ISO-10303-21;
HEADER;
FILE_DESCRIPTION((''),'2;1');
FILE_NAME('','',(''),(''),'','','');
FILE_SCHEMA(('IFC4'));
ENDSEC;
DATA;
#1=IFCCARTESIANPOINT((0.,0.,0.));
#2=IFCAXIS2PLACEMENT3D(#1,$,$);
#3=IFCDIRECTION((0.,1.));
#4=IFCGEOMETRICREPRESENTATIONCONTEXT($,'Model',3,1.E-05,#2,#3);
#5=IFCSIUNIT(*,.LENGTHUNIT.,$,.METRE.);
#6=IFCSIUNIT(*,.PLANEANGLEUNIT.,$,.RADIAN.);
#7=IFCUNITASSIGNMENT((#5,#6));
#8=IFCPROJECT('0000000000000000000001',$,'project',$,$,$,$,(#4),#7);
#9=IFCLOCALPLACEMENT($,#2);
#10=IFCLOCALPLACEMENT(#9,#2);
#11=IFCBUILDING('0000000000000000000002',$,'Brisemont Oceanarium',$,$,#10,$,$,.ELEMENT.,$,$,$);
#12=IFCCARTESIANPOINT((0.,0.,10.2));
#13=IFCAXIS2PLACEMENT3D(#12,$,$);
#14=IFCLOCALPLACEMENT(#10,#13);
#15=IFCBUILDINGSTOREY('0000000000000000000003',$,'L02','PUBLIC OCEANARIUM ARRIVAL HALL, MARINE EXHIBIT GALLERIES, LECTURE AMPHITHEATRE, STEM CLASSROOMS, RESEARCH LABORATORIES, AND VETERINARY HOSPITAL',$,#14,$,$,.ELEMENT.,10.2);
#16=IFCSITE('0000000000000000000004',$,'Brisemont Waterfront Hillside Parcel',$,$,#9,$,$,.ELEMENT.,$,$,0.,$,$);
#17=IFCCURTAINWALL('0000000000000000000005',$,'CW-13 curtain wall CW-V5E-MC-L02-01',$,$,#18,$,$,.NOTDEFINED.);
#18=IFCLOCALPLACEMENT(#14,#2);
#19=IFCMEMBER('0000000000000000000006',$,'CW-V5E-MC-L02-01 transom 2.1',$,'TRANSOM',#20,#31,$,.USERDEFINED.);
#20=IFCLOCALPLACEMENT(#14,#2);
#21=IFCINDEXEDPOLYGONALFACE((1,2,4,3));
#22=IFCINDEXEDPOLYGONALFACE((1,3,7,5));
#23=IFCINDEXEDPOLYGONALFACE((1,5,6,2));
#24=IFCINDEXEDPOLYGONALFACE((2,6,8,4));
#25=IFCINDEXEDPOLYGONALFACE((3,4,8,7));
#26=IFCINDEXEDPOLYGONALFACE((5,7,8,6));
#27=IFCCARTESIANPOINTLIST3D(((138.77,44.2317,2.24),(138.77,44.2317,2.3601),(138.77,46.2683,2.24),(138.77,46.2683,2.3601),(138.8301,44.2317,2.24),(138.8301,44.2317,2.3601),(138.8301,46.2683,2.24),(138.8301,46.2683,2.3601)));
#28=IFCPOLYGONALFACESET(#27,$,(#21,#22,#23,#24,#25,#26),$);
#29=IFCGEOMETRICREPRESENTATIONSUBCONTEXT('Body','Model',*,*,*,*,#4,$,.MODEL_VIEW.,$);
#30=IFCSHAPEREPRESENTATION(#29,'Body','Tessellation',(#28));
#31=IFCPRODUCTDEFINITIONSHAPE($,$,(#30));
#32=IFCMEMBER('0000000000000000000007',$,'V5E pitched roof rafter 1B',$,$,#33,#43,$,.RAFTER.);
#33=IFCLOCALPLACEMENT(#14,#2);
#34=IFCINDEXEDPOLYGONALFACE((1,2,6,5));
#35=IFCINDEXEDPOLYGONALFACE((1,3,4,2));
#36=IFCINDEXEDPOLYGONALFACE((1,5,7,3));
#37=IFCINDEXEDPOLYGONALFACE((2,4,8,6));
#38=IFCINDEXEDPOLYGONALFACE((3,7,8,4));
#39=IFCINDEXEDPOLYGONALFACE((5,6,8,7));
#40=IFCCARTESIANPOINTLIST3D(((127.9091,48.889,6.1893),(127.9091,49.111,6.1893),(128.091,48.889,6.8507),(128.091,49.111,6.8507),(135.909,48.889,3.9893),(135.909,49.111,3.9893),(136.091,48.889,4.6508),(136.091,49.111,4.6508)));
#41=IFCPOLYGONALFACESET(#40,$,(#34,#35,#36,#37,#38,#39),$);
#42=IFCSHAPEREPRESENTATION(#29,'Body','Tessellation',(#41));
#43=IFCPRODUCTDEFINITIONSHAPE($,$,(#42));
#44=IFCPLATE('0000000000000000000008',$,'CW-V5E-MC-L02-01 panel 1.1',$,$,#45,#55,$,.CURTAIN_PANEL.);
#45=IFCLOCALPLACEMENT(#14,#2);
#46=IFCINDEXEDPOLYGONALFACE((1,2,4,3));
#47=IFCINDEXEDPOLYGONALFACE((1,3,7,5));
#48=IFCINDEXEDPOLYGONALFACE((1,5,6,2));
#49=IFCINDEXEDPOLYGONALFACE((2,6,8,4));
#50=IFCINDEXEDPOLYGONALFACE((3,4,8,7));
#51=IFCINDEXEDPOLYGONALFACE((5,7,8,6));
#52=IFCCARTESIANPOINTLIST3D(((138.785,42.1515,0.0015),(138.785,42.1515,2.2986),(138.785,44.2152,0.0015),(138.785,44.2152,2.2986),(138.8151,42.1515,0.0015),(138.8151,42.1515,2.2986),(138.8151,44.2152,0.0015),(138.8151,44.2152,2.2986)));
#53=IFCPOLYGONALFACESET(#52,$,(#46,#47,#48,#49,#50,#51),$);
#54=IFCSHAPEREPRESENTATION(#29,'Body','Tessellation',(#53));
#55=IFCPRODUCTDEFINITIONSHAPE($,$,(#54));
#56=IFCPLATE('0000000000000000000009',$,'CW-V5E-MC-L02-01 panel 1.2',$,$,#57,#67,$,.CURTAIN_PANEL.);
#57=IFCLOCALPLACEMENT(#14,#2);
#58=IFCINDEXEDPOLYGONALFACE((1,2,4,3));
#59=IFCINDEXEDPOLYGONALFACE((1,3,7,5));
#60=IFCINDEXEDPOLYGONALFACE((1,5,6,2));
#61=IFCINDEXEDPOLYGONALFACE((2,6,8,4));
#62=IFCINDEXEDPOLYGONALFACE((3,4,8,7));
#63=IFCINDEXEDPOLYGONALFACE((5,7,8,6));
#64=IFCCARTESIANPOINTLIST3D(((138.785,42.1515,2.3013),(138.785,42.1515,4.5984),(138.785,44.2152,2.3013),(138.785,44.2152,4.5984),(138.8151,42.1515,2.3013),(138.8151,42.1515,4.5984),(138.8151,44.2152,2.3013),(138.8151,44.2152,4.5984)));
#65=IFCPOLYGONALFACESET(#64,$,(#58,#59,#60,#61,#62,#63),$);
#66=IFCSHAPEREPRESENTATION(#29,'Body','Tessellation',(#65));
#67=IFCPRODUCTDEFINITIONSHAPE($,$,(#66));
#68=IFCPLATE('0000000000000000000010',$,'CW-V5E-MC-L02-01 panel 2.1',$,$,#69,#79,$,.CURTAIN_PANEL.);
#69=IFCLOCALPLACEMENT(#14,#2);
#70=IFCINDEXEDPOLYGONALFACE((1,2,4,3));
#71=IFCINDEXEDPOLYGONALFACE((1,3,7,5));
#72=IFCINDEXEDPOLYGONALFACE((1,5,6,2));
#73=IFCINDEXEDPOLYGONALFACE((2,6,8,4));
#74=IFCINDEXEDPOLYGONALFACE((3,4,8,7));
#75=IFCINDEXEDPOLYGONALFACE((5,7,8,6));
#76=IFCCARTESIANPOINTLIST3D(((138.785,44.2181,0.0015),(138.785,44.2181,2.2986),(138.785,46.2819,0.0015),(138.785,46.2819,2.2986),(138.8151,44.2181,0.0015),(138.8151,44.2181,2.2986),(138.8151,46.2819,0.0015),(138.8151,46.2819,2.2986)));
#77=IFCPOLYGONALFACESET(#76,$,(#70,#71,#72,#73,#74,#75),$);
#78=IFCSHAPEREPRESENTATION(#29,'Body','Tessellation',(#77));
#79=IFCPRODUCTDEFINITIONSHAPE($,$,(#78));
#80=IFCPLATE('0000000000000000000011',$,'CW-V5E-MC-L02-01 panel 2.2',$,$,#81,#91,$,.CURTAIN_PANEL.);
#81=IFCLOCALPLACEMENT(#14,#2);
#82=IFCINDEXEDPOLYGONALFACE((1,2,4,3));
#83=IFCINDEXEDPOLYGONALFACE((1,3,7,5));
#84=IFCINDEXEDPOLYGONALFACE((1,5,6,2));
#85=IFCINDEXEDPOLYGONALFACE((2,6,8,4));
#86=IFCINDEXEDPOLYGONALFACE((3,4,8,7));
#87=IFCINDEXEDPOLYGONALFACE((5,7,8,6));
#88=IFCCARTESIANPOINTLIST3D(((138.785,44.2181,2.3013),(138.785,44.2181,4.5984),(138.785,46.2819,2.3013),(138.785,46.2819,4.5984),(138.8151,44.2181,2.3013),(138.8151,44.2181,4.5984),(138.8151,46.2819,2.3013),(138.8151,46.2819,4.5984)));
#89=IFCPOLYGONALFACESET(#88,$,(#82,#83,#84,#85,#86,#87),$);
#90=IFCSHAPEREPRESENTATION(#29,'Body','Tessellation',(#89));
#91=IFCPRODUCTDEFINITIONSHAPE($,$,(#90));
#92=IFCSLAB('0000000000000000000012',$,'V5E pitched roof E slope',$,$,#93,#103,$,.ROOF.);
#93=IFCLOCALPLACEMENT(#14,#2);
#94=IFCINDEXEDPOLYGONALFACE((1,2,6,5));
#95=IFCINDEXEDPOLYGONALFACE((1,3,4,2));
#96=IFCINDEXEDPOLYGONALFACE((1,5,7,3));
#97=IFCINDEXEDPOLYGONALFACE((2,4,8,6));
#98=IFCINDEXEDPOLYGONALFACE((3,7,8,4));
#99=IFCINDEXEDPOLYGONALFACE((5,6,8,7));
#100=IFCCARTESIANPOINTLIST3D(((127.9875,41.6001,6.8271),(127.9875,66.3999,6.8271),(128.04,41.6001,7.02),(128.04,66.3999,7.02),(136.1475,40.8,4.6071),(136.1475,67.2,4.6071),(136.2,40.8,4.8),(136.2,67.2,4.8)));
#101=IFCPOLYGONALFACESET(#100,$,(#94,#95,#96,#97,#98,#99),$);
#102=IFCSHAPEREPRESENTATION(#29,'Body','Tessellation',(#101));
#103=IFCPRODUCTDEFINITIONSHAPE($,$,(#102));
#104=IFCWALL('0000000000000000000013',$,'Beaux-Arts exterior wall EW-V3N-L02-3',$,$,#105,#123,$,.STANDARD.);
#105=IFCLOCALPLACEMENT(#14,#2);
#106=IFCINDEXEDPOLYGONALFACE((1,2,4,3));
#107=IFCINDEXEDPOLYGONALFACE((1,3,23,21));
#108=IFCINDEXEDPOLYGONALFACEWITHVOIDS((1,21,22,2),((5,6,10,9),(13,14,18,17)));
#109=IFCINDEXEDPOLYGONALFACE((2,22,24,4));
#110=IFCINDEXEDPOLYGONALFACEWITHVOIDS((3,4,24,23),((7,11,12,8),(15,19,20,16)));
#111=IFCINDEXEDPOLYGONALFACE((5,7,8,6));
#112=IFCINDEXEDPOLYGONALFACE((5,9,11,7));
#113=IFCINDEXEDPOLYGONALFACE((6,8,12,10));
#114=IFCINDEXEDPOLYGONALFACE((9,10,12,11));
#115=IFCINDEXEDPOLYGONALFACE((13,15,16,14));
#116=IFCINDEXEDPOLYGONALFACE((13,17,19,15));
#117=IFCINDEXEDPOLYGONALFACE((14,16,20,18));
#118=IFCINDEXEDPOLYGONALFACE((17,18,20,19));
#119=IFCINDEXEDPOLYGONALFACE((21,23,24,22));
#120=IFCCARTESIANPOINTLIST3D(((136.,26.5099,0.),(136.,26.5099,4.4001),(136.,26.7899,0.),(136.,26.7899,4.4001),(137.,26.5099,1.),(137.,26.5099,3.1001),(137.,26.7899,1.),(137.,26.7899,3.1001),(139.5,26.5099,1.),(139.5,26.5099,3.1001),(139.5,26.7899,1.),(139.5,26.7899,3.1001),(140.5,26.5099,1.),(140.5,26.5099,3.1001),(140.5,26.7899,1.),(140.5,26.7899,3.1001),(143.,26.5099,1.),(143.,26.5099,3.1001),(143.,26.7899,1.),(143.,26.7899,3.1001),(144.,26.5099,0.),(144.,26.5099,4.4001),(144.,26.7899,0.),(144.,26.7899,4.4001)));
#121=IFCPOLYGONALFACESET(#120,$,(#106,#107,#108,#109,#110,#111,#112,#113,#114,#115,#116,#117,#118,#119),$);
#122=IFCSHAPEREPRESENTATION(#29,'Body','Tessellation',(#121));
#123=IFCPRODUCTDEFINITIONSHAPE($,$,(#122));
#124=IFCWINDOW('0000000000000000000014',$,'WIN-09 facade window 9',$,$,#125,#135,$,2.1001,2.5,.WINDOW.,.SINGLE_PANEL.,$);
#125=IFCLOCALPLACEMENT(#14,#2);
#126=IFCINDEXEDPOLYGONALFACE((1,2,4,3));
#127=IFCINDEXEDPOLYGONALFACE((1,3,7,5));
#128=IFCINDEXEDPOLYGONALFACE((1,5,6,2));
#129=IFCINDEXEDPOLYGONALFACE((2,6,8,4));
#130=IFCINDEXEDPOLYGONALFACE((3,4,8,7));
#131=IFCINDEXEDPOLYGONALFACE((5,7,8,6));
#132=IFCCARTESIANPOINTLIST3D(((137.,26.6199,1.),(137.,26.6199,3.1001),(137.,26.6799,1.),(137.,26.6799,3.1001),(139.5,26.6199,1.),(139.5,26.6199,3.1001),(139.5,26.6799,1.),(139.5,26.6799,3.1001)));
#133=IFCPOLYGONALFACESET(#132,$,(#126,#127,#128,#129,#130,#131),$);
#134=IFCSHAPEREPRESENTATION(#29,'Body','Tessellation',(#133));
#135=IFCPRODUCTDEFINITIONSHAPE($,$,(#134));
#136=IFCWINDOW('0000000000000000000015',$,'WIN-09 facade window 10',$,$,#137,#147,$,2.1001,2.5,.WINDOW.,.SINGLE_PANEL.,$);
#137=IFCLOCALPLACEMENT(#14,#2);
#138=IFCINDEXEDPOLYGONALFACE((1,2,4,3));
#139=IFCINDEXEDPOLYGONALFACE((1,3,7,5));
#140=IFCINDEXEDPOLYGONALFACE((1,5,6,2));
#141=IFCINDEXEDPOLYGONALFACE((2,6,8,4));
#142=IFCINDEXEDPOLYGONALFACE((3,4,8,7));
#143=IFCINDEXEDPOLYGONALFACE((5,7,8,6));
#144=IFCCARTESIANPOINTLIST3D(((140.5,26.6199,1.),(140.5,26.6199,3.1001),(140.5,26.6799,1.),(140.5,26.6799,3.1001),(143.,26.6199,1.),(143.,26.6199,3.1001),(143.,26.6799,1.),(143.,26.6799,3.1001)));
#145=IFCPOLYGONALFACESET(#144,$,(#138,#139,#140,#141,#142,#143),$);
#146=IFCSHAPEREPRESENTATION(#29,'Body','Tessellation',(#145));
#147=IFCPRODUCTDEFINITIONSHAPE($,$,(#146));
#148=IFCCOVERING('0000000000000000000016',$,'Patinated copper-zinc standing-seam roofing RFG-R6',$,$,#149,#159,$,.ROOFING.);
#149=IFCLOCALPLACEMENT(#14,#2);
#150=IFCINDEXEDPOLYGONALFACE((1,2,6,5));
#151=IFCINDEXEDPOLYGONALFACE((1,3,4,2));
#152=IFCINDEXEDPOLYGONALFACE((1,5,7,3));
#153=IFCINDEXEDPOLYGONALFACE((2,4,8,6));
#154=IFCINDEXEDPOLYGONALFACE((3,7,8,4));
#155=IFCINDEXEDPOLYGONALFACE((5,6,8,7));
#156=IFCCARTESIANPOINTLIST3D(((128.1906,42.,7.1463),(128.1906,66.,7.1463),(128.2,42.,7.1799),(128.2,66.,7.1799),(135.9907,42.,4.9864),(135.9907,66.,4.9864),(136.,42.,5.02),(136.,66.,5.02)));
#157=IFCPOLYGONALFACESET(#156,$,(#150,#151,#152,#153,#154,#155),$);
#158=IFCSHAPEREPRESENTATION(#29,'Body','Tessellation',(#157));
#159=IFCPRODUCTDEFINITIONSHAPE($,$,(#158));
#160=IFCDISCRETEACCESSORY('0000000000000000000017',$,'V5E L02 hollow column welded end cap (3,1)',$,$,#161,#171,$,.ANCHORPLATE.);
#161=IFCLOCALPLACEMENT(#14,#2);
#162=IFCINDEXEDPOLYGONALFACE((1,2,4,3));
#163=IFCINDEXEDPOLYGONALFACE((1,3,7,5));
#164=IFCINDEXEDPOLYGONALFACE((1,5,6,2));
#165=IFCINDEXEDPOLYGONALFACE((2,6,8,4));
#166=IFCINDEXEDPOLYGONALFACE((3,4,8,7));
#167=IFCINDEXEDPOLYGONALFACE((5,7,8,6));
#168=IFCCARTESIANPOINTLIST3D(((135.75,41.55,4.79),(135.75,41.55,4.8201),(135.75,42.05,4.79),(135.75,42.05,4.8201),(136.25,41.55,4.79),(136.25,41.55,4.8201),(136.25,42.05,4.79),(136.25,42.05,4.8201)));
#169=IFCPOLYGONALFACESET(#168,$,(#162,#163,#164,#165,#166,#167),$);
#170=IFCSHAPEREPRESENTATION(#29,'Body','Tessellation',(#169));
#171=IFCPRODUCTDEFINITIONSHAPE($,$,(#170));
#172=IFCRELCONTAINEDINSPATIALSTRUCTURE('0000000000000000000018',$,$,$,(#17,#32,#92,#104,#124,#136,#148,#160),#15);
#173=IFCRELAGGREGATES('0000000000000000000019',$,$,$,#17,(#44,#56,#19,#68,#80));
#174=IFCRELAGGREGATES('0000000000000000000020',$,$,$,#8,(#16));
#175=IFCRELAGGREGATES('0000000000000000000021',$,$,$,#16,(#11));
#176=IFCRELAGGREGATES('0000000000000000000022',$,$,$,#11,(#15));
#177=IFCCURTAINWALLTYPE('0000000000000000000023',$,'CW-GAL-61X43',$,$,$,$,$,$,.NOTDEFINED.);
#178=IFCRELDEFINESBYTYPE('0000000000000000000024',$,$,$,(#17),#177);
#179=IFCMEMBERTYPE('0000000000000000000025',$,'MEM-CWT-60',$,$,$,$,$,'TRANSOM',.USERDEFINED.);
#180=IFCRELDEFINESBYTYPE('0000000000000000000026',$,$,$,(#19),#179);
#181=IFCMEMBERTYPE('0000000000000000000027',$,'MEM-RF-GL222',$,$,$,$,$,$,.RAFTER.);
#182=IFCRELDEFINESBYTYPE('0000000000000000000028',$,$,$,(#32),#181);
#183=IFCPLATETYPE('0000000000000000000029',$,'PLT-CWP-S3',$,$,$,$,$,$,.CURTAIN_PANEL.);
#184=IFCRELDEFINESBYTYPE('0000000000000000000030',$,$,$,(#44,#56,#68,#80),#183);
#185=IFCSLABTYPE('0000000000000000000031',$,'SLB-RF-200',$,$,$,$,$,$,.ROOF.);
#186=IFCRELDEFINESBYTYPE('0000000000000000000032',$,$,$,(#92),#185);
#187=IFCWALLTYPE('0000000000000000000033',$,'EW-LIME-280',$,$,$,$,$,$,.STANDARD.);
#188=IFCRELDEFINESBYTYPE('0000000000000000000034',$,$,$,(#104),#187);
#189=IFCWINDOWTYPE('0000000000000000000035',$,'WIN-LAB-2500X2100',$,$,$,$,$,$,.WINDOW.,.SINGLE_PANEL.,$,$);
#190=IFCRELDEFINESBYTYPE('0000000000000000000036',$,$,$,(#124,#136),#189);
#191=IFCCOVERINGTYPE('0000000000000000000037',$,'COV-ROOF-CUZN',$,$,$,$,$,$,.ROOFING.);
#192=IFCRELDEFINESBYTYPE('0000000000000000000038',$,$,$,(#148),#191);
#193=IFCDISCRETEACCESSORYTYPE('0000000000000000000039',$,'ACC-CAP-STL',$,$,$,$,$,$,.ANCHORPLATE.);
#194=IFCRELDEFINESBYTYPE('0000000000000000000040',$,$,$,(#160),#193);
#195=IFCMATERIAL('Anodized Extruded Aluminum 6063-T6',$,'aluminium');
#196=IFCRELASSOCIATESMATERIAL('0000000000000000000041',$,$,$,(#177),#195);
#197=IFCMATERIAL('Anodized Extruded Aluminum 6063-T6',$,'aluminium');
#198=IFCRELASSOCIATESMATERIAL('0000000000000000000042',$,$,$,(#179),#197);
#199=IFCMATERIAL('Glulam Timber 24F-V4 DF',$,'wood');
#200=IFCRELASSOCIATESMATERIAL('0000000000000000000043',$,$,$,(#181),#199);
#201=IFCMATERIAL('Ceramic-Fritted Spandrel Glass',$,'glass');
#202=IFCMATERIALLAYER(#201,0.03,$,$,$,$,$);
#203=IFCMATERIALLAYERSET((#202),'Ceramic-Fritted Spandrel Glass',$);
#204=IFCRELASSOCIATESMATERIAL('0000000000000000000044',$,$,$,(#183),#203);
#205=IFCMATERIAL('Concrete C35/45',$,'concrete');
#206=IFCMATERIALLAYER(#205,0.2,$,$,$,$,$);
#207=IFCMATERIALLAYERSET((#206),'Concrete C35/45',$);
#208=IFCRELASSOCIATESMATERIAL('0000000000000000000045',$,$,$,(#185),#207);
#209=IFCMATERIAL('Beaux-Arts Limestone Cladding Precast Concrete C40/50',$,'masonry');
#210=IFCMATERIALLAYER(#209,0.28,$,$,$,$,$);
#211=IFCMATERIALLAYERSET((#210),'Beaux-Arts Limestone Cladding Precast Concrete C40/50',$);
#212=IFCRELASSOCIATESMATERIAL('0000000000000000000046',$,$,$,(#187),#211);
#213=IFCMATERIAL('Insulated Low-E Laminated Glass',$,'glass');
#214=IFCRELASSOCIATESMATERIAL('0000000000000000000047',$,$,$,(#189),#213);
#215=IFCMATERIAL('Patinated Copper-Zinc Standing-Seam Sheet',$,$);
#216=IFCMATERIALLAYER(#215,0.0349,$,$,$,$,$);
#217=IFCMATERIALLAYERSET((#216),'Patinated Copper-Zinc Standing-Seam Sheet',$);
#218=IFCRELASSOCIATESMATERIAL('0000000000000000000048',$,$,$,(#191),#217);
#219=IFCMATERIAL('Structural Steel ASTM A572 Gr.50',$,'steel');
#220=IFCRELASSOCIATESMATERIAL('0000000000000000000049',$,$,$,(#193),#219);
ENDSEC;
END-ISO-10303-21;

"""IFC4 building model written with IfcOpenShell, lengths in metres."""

from ifc_helpers import new_model, si_unit, direction, frame, frame_2d, origin, origin_2d, place, context, subcontext, project, spatial, polyline, rectangle, outline, extrude, material, layer, layer_set, material_profile, profile_set, type_object, element, fill, aggregate, save


model = new_model("IFC4")

# Units and contexts
model_context = context("Model", 3, precision=1e-05, world=origin(), true_north=direction((0.0, 1.0)))
body_context = subcontext(model_context, "Body", "Model", "MODEL_VIEW")
ifc_project = project(units=[si_unit("LENGTHUNIT", "METRE"), si_unit("PLANEANGLEUNIT", "RADIAN")], contexts=[model_context])

# Site, building, storey
site_placement = place(None, origin())
site = spatial("IfcSite", under=ifc_project, at=site_placement, Name="Brisemont Waterfront Hillside Parcel", CompositionType="ELEMENT", RefElevation=0.0)
building_placement = place(site_placement, origin())
building = spatial("IfcBuilding", under=site, at=building_placement, Name="Brisemont Oceanarium", CompositionType="ELEMENT")
storey_placement = place(building_placement, frame((0.0, 0.0, 10.2)))
storey = spatial("IfcBuildingStorey", under=building, at=storey_placement, Name="L02", Description="PUBLIC OCEANARIUM ARRIVAL HALL, MARINE EXHIBIT GALLERIES, LECTURE AMPHITHEATRE, STEM CLASSROOMS, RESEARCH LABORATORIES, AND VETERINARY HOSPITAL", CompositionType="ELEMENT", Elevation=10.2)

# Curtain wall, member
ifc_material_1 = material(Name="Anodized Extruded Aluminum 6063-T6", Category="aluminium")
curtain_wall_type = type_object("IfcCurtainWallType", Name="CW-GAL-61X43", PredefinedType="NOTDEFINED", material=ifc_material_1)
curtain_wall_placement = place(storey_placement, origin())
curtain_wall = element("IfcCurtainWall", 1, at=curtain_wall_placement, inside=storey, type_object=curtain_wall_type, Name="CW-13 curtain wall CW-V5E-MC-L02-01", PredefinedType="NOTDEFINED")
ifc_material_2 = material(Name="Anodized Extruded Aluminum 6063-T6", Category="aluminium")
ifc_material_profile_1 = material_profile(ifc_material_2, rectangle(XDim=0.0601, YDim=0.1201, at=origin_2d()), Name="CWT-60X120")
ifc_profile_set_1 = profile_set([ifc_material_profile_1], Name="Anodized Extruded Aluminum 6063-T6")
member_type_1 = type_object("IfcMemberType", Name="MEM-CWT-60", ElementType="TRANSOM", PredefinedType="USERDEFINED", material=ifc_profile_set_1)
member_1_placement = place(storey_placement, frame((138.8, 44.2317, 2.3), z_axis=(0.0, 1.0, 0.0), x_axis=(-1.0, 0.0, 0.0)))
member_1 = element("IfcMember", 2, at=member_1_placement, type_object=member_type_1, Name="CW-V5E-MC-L02-01 transom 2.1", ObjectType="TRANSOM", PredefinedType="USERDEFINED", context=body_context, shape_type="SweptSolid", body=[
    extrude(rectangle(XDim=0.0601, YDim=0.1201, at=origin_2d()), origin(), (0.0, 0.0, 1.0), 2.0366),
])

# Member
ifc_material_3 = material(Name="Glulam Timber 24F-V4 DF", Category="wood")
ifc_material_profile_2 = material_profile(ifc_material_3, rectangle(XDim=0.2219, YDim=0.686, at=origin_2d()), Name="GL-222X686")
ifc_profile_set_2 = profile_set([ifc_material_profile_2], Name="Glulam Timber 24F-V4 DF")
member_type_2 = type_object("IfcMemberType", Name="MEM-RF-GL222", PredefinedType="RAFTER", material=ifc_profile_set_2)
member_2_placement = place(storey_placement, frame((136.0, 49.0, 4.3201), z_axis=(-0.964207, 0.0, 0.265151), x_axis=(0.0, -1.0, 0.0)))
element("IfcMember", 3, at=member_2_placement, inside=storey, type_object=member_type_2, Name="V5E pitched roof rafter 1B", PredefinedType="RAFTER", context=body_context, shape_type="SweptSolid", body=[
    extrude(rectangle(XDim=0.2219, YDim=0.686, at=origin_2d()), origin(), (0.0, 0.0, 1.0), 8.2969),
])

# Plates
ifc_material_4 = material(Name="Ceramic-Fritted Spandrel Glass", Category="glass")
ifc_layer_1 = layer(ifc_material_4, 0.03)
ifc_layer_set_1 = layer_set([ifc_layer_1], Name="Ceramic-Fritted Spandrel Glass")
plate_type = type_object("IfcPlateType", Name="PLT-CWP-S3", PredefinedType="CURTAIN_PANEL", material=ifc_layer_set_1)
plate_1_placement = place(storey_placement, frame((138.8, 43.1833, 0.0015), z_axis=(0.0, 0.0, 1.0), x_axis=(0.0, 1.0, 0.0)))
plate_1 = element("IfcPlate", 4, at=plate_1_placement, type_object=plate_type, Name="CW-V5E-MC-L02-01 panel 1.1", PredefinedType="CURTAIN_PANEL", context=body_context, shape_type="SweptSolid", body=[
    extrude(rectangle(XDim=2.0637, YDim=0.03, at=origin_2d()), origin(), (0.0, 0.0, 1.0), 2.2971),
])
plate_2_placement = place(storey_placement, frame((138.8, 43.1833, 2.3013), z_axis=(0.0, 0.0, 1.0), x_axis=(0.0, 1.0, 0.0)))
plate_2 = element("IfcPlate", 5, at=plate_2_placement, type_object=plate_type, Name="CW-V5E-MC-L02-01 panel 1.2", PredefinedType="CURTAIN_PANEL", context=body_context, shape_type="SweptSolid", body=[
    extrude(rectangle(XDim=2.0637, YDim=0.03, at=origin_2d()), origin(), (0.0, 0.0, 1.0), 2.2971),
])
plate_3_placement = place(storey_placement, frame((138.8, 45.25, 0.0015), z_axis=(0.0, 0.0, 1.0), x_axis=(0.0, 1.0, 0.0)))
plate_3 = element("IfcPlate", 6, at=plate_3_placement, type_object=plate_type, Name="CW-V5E-MC-L02-01 panel 2.1", PredefinedType="CURTAIN_PANEL", context=body_context, shape_type="SweptSolid", body=[
    extrude(rectangle(XDim=2.0637, YDim=0.03, at=origin_2d()), origin(), (0.0, 0.0, 1.0), 2.2971),
])
plate_4_placement = place(storey_placement, frame((138.8, 45.25, 2.3013), z_axis=(0.0, 0.0, 1.0), x_axis=(0.0, 1.0, 0.0)))
plate_4 = element("IfcPlate", 7, at=plate_4_placement, type_object=plate_type, Name="CW-V5E-MC-L02-01 panel 2.2", PredefinedType="CURTAIN_PANEL", context=body_context, shape_type="SweptSolid", body=[
    extrude(rectangle(XDim=2.0637, YDim=0.03, at=origin_2d()), origin(), (0.0, 0.0, 1.0), 2.2971),
])
aggregate(curtain_wall, [plate_1, plate_2, member_1, plate_3, plate_4])

# Slab
ifc_material_5 = material(Name="Concrete C35/45", Category="concrete")
ifc_layer_2 = layer(ifc_material_5, 0.2)
ifc_layer_set_2 = layer_set([ifc_layer_2], Name="Concrete C35/45")
slab_type = type_object("IfcSlabType", Name="SLB-RF-200", PredefinedType="ROOF", material=ifc_layer_set_2)
slab_placement = place(storey_placement, frame((128.04, 41.6001, 7.02), z_axis=(0.262516, 0.0, 0.964928), x_axis=(0.960638, -0.094187, -0.261349)))
element("IfcSlab", 8, at=slab_placement, inside=storey, type_object=slab_type, Name="V5E pitched roof E slope", PredefinedType="ROOF", context=body_context, shape_type="SweptSolid", body=[
    extrude(outline(polyline([(0.0, 0.0), (8.4943, 0.0), (6.0077, 26.2825), (-2.3358, 24.6896), (0.0, 0.0)])), origin(), (0.0, 0.0, -1.0), 0.2),
])

# Wall, openings, windows
ifc_material_6 = material(Name="Beaux-Arts Limestone Cladding Precast Concrete C40/50", Category="masonry")
ifc_layer_3 = layer(ifc_material_6, 0.28)
ifc_layer_set_3 = layer_set([ifc_layer_3], Name="Beaux-Arts Limestone Cladding Precast Concrete C40/50")
wall_type = type_object("IfcWallType", Name="EW-LIME-280", PredefinedType="STANDARD", material=ifc_layer_set_3)
wall_placement = place(storey_placement, frame((136.0, 26.6499, 0.0), z_axis=(0.0, 0.0, 1.0), x_axis=(1.0, 0.0, 0.0)))
wall = element("IfcWall", 9, at=wall_placement, inside=storey, type_object=wall_type, Name="Beaux-Arts exterior wall EW-V3N-L02-3", PredefinedType="STANDARD", context=body_context, shape_type="SweptSolid", body=[
    extrude(rectangle(XDim=8.0, YDim=0.28, at=frame_2d((4.0, 0.0))), origin(), (0.0, 0.0, 1.0), 4.4001),
])
opening_1_placement = place(wall_placement, frame((1.0, 0.0, 1.0)))
opening_1 = element("IfcOpeningElement", 10, at=opening_1_placement, cuts=wall, PredefinedType="OPENING", context=body_context, shape_type="SweptSolid", body=[
    extrude(rectangle(XDim=2.5, YDim=2.1001, at=frame_2d((1.25, 1.05))), frame((0.0, 0.1499, 0.0), z_axis=(0.0, -1.0, 0.0), x_axis=(1.0, 0.0, 0.0)), (0.0, 0.0, 1.0), 0.3),
])
opening_2_placement = place(wall_placement, frame((4.5, 0.0, 1.0)))
opening_2 = element("IfcOpeningElement", 11, at=opening_2_placement, cuts=wall, PredefinedType="OPENING", context=body_context, shape_type="SweptSolid", body=[
    extrude(rectangle(XDim=2.5, YDim=2.1001, at=frame_2d((1.25, 1.05))), frame((0.0, 0.1499, 0.0), z_axis=(0.0, -1.0, 0.0), x_axis=(1.0, 0.0, 0.0)), (0.0, 0.0, 1.0), 0.3),
])
ifc_material_7 = material(Name="Insulated Low-E Laminated Glass", Category="glass")
window_type = type_object("IfcWindowType", Name="WIN-LAB-2500X2100", PartitioningType="SINGLE_PANEL", PredefinedType="WINDOW", material=ifc_material_7)
window_1_placement = place(opening_1_placement, origin())
window_1 = element("IfcWindow", 12, at=window_1_placement, inside=storey, type_object=window_type, Name="WIN-09 facade window 9", OverallHeight=2.1001, OverallWidth=2.5, PartitioningType="SINGLE_PANEL", PredefinedType="WINDOW", context=body_context, shape_type="SweptSolid", body=[
    extrude(rectangle(XDim=2.5, YDim=2.1001, at=frame_2d((1.25, 1.05))), frame((0.0, 0.03, 0.0), z_axis=(0.0, -1.0, 0.0), x_axis=(1.0, 0.0, 0.0)), (0.0, 0.0, 1.0), 0.0601),
])
fill(opening_1, window_1)
window_2_placement = place(opening_2_placement, origin())
window_2 = element("IfcWindow", 13, at=window_2_placement, inside=storey, type_object=window_type, Name="WIN-09 facade window 10", OverallHeight=2.1001, OverallWidth=2.5, PartitioningType="SINGLE_PANEL", PredefinedType="WINDOW", context=body_context, shape_type="SweptSolid", body=[
    extrude(rectangle(XDim=2.5, YDim=2.1001, at=frame_2d((1.25, 1.05))), frame((0.0, 0.03, 0.0), z_axis=(0.0, -1.0, 0.0), x_axis=(1.0, 0.0, 0.0)), (0.0, 0.0, 1.0), 0.0601),
])
fill(opening_2, window_2)

# Covering
ifc_material_8 = material(Name="Patinated Copper-Zinc Standing-Seam Sheet")
ifc_layer_4 = layer(ifc_material_8, 0.0349)
ifc_layer_set_4 = layer_set([ifc_layer_4], Name="Patinated Copper-Zinc Standing-Seam Sheet")
covering_type = type_object("IfcCoveringType", Name="COV-ROOF-CUZN", PredefinedType="ROOFING", material=ifc_layer_set_4)
covering_placement = place(storey_placement, frame((128.2, 42.0, 7.1799), z_axis=(0.266867, 0.0, 0.963733), x_axis=(0.963733, 0.0, -0.266867)))
element("IfcCovering", 14, at=covering_placement, inside=storey, type_object=covering_type, Name="Patinated copper-zinc standing-seam roofing RFG-R6", PredefinedType="ROOFING", context=body_context, shape_type="SweptSolid", body=[
    extrude(outline(polyline([(0.0, 0.0), (8.0936, 0.0), (8.0936, 24.0), (0.0, 24.0), (0.0, 0.0)])), origin(), (0.0, 0.0, -1.0), 0.0349),
])

# Discrete accessory
ifc_material_9 = material(Name="Structural Steel ASTM A572 Gr.50", Category="steel")
discrete_accessory_type = type_object("IfcDiscreteAccessoryType", Name="ACC-CAP-STL", PredefinedType="ANCHORPLATE", material=ifc_material_9)
discrete_accessory_placement = place(storey_placement, frame((136.0, 41.8, 4.79), z_axis=(0.0, 0.0, 1.0), x_axis=(1.0, 0.0, 0.0)))
element("IfcDiscreteAccessory", 15, at=discrete_accessory_placement, inside=storey, type_object=discrete_accessory_type, Name="V5E L02 hollow column welded end cap (3,1)", PredefinedType="ANCHORPLATE", context=body_context, shape_type="SweptSolid", body=[
    extrude(rectangle(XDim=0.5, YDim=0.5, at=origin_2d()), origin(), (0.0, 0.0, 1.0), 0.03),
])

save(model, "model.ifc")
